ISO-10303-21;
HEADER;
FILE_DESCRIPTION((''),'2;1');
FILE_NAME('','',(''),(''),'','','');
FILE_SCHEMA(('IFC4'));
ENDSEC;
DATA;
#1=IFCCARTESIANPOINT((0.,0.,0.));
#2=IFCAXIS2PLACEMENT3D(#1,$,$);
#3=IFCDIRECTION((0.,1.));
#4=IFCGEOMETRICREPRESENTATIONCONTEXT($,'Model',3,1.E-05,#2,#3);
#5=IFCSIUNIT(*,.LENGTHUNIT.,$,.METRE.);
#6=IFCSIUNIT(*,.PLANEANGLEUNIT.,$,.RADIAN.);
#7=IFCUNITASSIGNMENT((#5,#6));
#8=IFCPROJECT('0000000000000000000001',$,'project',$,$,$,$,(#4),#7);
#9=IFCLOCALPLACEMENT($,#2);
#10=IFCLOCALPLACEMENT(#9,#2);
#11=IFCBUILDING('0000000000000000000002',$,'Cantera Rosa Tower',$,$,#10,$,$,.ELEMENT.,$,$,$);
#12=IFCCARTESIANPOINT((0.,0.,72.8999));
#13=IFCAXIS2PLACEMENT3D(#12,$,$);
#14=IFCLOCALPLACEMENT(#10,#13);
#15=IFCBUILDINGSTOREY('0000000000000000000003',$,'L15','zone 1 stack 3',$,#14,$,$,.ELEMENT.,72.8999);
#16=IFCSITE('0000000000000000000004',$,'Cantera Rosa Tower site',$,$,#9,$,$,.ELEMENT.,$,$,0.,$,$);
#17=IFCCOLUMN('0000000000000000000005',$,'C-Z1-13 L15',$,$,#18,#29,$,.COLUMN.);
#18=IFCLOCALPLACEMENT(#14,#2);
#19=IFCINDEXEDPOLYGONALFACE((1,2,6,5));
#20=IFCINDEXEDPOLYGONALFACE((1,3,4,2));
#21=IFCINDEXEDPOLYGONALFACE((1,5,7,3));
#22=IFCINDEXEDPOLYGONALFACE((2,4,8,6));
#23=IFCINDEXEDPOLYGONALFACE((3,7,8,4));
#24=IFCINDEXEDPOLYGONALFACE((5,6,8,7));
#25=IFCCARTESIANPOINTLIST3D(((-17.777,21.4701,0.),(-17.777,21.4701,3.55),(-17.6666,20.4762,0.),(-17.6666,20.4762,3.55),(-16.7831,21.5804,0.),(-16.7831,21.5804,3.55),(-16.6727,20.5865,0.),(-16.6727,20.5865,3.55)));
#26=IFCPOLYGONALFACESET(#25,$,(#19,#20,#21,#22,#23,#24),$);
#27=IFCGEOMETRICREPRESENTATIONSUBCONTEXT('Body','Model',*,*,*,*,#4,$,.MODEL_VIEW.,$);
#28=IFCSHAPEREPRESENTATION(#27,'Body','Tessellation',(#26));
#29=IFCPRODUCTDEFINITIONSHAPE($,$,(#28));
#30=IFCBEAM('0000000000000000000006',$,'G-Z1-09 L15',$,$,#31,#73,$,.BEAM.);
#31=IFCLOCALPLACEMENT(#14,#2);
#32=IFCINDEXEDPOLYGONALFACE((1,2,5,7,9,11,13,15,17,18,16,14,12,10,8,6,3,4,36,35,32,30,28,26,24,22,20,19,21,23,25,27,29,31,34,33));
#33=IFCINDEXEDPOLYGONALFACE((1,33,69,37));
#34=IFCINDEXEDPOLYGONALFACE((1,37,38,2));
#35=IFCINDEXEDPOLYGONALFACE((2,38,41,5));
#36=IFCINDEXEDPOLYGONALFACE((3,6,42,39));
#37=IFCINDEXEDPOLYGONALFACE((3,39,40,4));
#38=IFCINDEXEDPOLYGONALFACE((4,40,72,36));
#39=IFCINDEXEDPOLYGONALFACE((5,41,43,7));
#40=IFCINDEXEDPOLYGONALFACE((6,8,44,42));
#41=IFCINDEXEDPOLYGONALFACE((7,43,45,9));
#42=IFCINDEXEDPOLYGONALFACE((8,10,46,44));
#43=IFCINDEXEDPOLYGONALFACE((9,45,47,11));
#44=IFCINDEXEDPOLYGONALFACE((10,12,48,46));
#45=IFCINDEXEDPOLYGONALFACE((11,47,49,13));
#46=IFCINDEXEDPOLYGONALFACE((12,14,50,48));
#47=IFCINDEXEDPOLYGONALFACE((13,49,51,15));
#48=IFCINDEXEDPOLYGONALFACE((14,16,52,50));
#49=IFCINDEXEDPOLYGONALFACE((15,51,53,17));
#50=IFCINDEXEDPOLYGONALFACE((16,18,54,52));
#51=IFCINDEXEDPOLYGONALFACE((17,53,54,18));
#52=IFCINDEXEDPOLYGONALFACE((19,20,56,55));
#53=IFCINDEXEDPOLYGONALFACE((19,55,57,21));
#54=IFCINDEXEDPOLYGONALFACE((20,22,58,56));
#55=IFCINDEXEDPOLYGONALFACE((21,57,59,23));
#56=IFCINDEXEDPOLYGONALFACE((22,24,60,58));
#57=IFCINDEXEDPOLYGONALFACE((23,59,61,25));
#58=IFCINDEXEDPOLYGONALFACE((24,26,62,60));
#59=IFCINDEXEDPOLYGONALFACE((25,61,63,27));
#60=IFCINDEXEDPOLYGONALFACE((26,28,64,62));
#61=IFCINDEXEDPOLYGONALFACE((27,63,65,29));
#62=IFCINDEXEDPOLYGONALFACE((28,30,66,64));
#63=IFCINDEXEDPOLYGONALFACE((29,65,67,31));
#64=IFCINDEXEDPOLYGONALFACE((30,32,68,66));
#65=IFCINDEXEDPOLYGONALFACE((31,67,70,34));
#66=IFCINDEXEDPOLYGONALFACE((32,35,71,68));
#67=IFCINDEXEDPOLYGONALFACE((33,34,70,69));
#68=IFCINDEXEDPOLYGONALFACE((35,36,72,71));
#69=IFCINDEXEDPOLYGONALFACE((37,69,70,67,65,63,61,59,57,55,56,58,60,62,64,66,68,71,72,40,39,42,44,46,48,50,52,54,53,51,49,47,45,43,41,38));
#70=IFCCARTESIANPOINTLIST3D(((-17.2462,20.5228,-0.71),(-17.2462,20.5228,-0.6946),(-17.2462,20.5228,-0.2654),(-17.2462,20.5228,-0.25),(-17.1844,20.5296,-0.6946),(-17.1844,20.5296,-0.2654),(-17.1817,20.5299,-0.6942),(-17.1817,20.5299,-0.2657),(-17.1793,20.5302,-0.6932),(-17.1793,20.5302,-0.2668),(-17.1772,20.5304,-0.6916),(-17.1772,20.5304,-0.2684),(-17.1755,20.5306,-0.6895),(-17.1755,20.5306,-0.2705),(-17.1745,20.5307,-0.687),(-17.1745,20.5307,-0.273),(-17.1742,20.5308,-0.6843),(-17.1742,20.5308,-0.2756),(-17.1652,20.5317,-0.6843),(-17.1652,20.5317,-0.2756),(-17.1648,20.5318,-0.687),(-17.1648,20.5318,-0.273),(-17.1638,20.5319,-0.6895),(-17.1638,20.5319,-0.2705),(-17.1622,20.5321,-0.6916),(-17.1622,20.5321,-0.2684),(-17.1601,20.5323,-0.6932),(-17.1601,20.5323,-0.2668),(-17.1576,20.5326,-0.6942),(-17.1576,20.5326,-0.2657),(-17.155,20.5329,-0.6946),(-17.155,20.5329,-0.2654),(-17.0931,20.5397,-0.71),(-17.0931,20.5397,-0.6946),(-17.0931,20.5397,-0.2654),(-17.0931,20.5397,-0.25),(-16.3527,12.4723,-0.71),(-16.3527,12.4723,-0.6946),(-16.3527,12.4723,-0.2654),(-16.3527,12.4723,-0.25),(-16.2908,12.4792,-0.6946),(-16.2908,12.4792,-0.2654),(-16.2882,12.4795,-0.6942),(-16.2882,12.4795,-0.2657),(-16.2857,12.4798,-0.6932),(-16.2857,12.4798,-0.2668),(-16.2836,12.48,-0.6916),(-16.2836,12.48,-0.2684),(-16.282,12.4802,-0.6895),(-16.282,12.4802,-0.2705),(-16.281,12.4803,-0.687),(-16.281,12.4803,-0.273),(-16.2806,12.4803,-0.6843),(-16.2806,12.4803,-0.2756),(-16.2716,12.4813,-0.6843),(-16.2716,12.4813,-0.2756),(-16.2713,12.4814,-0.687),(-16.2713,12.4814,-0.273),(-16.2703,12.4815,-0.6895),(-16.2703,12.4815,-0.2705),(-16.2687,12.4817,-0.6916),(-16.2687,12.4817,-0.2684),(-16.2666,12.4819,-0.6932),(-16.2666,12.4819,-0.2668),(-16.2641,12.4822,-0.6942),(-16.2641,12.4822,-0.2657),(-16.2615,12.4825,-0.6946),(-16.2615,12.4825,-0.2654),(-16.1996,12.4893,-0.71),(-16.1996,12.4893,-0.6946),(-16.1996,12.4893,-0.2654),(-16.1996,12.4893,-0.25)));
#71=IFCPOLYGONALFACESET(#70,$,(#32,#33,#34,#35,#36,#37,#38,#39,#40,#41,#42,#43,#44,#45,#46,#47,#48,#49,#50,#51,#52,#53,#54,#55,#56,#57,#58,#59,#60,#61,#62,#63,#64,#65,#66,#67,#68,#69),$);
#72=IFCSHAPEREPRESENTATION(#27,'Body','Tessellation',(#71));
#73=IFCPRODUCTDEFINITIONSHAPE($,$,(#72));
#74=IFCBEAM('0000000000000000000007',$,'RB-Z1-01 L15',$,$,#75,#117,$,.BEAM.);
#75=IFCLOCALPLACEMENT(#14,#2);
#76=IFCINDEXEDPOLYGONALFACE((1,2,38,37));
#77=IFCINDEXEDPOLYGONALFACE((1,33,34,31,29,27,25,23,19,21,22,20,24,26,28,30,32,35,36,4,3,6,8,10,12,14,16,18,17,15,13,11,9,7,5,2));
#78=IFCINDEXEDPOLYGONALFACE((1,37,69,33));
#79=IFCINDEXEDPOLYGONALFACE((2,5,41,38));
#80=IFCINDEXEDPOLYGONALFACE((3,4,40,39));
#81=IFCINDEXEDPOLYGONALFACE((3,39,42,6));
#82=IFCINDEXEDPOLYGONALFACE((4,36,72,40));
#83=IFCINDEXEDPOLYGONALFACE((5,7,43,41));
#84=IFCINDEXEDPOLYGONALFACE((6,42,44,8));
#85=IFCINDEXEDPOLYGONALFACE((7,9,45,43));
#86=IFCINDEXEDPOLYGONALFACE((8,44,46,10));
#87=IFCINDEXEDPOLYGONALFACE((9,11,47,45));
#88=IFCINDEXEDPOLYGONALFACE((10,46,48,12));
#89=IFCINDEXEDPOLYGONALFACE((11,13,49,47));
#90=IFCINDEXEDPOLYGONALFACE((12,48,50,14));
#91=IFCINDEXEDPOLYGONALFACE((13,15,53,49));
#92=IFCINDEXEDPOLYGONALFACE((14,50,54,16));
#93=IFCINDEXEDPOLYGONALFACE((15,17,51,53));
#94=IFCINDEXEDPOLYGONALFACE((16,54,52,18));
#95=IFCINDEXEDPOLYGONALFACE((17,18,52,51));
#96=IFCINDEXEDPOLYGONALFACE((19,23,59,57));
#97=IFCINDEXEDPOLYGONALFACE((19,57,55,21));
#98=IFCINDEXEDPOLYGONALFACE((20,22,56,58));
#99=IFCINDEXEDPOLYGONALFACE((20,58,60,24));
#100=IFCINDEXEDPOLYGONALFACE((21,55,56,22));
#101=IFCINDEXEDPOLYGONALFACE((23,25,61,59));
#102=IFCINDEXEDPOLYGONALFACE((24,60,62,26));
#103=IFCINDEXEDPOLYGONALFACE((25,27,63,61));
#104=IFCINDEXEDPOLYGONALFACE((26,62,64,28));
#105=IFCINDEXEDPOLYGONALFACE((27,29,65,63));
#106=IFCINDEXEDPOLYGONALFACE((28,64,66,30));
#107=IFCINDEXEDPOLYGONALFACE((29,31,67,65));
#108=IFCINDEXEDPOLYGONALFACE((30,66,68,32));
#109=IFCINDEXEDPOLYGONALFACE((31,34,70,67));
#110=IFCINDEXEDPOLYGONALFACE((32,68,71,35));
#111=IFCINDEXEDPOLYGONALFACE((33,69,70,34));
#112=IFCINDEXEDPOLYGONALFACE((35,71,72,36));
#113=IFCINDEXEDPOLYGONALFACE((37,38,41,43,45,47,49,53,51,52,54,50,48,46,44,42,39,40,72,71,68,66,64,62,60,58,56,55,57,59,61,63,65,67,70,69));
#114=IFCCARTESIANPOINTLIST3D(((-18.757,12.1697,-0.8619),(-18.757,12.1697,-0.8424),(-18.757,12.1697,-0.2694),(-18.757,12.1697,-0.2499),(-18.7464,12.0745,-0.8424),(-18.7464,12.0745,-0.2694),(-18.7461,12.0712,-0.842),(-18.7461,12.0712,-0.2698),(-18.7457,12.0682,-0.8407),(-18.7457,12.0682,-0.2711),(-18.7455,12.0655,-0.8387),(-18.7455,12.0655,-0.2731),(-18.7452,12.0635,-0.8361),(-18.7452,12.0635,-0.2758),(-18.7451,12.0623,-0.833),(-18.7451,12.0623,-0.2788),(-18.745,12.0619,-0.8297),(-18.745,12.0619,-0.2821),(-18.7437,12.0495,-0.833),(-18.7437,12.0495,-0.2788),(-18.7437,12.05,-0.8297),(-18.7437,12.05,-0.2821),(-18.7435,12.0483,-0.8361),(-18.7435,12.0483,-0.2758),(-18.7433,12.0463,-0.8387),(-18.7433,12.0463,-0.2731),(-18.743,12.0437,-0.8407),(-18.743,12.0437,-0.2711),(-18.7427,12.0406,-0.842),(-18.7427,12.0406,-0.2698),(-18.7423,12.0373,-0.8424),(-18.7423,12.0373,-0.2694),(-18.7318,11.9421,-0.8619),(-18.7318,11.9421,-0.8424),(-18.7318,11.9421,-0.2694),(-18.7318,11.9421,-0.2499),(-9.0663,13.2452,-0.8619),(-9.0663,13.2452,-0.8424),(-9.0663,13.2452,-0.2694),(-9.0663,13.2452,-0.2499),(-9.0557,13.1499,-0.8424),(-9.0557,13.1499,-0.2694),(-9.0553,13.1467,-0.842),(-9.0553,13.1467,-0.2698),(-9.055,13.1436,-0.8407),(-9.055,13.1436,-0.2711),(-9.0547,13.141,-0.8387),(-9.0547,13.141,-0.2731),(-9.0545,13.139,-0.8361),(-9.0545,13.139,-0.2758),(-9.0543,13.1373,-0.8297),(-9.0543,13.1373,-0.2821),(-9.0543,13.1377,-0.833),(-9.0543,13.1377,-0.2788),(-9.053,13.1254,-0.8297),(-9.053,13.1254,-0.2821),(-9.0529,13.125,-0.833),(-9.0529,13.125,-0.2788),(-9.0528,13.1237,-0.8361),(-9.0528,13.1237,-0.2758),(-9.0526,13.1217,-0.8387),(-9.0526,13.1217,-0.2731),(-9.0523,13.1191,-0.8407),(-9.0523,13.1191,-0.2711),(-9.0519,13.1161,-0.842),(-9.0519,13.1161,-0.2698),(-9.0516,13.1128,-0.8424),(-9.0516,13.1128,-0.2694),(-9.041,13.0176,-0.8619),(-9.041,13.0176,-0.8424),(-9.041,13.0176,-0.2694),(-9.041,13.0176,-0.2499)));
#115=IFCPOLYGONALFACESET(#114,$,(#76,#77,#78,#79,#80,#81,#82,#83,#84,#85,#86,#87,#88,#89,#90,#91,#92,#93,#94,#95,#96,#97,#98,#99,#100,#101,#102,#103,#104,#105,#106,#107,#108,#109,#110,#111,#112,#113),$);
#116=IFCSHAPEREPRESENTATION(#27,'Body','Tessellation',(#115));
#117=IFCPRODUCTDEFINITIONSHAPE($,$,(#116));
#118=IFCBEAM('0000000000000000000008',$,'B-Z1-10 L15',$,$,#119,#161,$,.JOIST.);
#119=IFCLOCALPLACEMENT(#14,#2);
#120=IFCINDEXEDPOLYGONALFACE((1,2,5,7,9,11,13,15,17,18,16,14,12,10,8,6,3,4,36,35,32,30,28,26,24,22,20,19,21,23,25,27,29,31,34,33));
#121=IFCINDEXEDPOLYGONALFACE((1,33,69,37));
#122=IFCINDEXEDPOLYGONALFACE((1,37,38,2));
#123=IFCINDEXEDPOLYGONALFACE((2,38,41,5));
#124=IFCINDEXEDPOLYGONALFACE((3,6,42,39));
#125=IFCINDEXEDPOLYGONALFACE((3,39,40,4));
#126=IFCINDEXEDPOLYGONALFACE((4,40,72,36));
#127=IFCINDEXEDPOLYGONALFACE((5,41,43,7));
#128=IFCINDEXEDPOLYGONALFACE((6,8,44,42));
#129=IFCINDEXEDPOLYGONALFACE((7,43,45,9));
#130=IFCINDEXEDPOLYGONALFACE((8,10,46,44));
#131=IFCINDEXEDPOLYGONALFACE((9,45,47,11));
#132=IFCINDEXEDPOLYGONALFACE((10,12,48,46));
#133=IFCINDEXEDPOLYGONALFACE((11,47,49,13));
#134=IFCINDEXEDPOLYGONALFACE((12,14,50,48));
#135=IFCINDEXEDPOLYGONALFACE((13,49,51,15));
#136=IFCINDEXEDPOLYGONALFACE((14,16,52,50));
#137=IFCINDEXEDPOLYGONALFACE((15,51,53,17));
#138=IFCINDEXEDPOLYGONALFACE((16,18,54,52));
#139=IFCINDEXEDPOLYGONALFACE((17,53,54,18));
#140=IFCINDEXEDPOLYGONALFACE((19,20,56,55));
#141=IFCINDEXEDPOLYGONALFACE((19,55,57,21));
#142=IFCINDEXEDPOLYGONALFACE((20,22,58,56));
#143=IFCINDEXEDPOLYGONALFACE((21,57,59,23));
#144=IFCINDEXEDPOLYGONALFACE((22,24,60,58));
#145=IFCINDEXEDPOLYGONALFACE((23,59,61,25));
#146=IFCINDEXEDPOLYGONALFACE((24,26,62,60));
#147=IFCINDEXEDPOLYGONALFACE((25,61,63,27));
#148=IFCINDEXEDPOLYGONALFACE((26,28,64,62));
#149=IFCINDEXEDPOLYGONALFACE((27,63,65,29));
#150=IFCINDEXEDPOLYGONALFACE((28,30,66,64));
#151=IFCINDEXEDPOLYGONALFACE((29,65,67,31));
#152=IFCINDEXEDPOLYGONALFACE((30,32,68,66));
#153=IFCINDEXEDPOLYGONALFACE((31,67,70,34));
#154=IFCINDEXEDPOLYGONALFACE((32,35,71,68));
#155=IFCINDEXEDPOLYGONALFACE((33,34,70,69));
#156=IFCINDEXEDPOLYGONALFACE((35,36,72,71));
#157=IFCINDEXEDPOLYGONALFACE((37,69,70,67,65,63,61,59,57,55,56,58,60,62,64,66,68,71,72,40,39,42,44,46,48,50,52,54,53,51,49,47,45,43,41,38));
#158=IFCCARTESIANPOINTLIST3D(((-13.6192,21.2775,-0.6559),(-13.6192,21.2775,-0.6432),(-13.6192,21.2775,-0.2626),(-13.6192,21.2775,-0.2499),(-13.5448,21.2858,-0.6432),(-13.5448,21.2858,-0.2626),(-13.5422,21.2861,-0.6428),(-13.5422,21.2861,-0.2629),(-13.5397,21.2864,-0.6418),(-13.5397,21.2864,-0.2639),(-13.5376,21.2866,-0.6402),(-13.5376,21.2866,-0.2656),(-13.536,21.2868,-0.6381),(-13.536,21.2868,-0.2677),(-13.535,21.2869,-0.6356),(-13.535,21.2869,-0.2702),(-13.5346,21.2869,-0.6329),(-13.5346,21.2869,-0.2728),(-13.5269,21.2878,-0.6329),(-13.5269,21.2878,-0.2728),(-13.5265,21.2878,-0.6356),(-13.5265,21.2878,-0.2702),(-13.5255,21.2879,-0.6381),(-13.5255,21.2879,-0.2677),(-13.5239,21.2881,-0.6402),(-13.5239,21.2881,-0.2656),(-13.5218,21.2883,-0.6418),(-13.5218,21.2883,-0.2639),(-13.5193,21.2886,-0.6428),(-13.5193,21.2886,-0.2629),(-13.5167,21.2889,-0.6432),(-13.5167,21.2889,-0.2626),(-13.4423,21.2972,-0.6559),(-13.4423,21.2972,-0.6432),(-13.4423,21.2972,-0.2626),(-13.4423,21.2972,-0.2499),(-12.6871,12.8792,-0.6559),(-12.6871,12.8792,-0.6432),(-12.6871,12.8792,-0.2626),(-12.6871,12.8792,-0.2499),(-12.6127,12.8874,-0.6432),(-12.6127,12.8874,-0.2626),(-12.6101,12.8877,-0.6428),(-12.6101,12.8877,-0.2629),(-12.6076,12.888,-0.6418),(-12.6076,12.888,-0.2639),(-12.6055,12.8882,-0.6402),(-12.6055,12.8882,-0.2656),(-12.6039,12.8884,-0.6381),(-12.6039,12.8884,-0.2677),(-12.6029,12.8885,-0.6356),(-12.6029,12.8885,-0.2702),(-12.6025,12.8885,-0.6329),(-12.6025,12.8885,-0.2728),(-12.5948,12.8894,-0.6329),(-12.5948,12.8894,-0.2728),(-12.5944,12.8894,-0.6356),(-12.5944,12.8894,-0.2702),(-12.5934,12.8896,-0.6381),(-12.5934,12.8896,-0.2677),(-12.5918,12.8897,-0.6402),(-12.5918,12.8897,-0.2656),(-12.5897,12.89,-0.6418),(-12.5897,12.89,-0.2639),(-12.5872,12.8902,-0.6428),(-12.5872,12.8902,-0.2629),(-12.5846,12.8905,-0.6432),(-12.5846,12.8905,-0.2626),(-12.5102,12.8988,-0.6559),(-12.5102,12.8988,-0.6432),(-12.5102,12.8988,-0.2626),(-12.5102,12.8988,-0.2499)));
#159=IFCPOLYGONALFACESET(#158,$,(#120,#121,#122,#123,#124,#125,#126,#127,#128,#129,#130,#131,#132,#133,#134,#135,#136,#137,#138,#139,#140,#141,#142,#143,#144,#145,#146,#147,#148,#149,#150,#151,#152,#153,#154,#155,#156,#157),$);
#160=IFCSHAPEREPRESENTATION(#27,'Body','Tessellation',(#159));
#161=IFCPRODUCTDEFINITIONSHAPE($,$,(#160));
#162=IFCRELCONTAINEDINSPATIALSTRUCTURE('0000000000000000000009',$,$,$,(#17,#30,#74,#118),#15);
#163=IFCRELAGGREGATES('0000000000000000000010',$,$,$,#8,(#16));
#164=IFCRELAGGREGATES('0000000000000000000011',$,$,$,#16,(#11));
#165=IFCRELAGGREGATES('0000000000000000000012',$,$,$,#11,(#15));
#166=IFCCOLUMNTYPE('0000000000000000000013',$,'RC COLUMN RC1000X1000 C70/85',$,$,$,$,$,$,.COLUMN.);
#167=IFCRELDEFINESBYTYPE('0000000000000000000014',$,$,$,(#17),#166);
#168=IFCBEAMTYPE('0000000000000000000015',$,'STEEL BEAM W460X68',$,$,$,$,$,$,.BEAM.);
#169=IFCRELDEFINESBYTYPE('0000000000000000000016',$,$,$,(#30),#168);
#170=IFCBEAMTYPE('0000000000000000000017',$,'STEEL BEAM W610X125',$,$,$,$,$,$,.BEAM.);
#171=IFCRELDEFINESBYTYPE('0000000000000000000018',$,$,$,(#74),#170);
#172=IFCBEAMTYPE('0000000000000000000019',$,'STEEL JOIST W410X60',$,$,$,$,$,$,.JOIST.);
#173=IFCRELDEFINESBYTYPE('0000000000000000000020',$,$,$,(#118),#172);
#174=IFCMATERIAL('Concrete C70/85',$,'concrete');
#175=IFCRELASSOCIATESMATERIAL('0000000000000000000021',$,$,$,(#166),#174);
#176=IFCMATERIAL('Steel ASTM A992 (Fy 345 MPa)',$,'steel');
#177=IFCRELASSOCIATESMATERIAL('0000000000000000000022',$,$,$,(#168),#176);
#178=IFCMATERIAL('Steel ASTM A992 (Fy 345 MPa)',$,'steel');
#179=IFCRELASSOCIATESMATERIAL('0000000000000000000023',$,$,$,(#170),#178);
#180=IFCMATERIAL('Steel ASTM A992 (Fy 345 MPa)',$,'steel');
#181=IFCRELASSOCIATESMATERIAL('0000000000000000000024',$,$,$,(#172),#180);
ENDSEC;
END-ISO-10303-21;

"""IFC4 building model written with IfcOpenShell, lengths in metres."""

from ifc_helpers import new_model, si_unit, direction, frame, origin, origin_2d, place, context, subcontext, project, spatial, rectangle, i_section, extrude, material, material_profile, profile_set, type_object, element, save


model = new_model("IFC4")

# Units and contexts
model_context = context("Model", 3, precision=1e-05, world=origin(), true_north=direction((0.0, 1.0)))
body_context = subcontext(model_context, "Body", "Model", "MODEL_VIEW")
ifc_project = project(units=[si_unit("LENGTHUNIT", "METRE"), si_unit("PLANEANGLEUNIT", "RADIAN")], contexts=[model_context])

# Site, building, storey
site_placement = place(None, origin())
site = spatial("IfcSite", under=ifc_project, at=site_placement, Name="Cantera Rosa Tower site", CompositionType="ELEMENT", RefElevation=0.0)
building_placement = place(site_placement, origin())
building = spatial("IfcBuilding", under=site, at=building_placement, Name="Cantera Rosa Tower", CompositionType="ELEMENT")
storey_placement = place(building_placement, frame((0.0, 0.0, 72.8999)))
storey = spatial("IfcBuildingStorey", under=building, at=storey_placement, Name="L15", Description="zone 1 stack 3", CompositionType="ELEMENT", Elevation=72.8999)

# Column
ifc_material_1 = material(Name="Concrete C70/85", Category="concrete")
ifc_material_profile_1 = material_profile(ifc_material_1, rectangle(XDim=1.0, YDim=1.0, at=origin_2d()), Name="RC COLUMN RC1000X1000 C70/85")
ifc_profile_set_1 = profile_set([ifc_material_profile_1], Name="Concrete C70/85")
column_type = type_object("IfcColumnType", Name="RC COLUMN RC1000X1000 C70/85", PredefinedType="COLUMN", material=ifc_profile_set_1)
column_placement = place(storey_placement, frame((-17.2249, 21.0283, 0.0), z_axis=(0.0, 0.0, 1.0), x_axis=(0.993897, 0.110313, 0.0)))
element("IfcColumn", 1, at=column_placement, inside=storey, type_object=column_type, Name="C-Z1-13 L15", PredefinedType="COLUMN", context=body_context, shape_type="SweptSolid", body=[
    extrude(rectangle(XDim=1.0, YDim=1.0, at=origin_2d()), origin(), (0.0, 0.0, 1.0), 3.55),
])

# Beams
ifc_material_2 = material(Name="Steel ASTM A992 (Fy 345 MPa)", Category="steel")
ifc_material_profile_2 = material_profile(ifc_material_2, i_section(OverallWidth=0.1541, OverallDepth=0.46, WebThickness=0.009, FlangeThickness=0.0154, FilletRadius=0.0103, at=origin_2d()), Name="W460X68")
ifc_profile_set_2 = profile_set([ifc_material_profile_2], Name="Steel ASTM A992 (Fy 345 MPa)")
beam_type_1 = type_object("IfcBeamType", Name="STEEL BEAM W460X68", PredefinedType="BEAM", material=ifc_profile_set_2)
beam_1_placement = place(storey_placement, frame((-17.1697, 20.5312, -0.48), z_axis=(0.110316, -0.993897, 0.0), x_axis=(0.993897, 0.110316, 0.0)))
element("IfcBeam", 2, at=beam_1_placement, inside=storey, type_object=beam_type_1, Name="G-Z1-09 L15", PredefinedType="BEAM", context=body_context, shape_type="SweptSolid", body=[
    extrude(i_section(OverallWidth=0.1541, OverallDepth=0.46, WebThickness=0.009, FlangeThickness=0.0154, FilletRadius=0.0103, at=origin_2d()), origin(), (0.0, 0.0, 1.0), 8.0999),
])
ifc_material_3 = material(Name="Steel ASTM A992 (Fy 345 MPa)", Category="steel")
ifc_material_profile_3 = material_profile(ifc_material_3, i_section(OverallWidth=0.229, OverallDepth=0.6121, WebThickness=0.012, FlangeThickness=0.0195, FilletRadius=0.0127, at=origin_2d()), Name="W610X125")
ifc_profile_set_3 = profile_set([ifc_material_profile_3], Name="Steel ASTM A992 (Fy 345 MPa)")
beam_type_2 = type_object("IfcBeamType", Name="STEEL BEAM W610X125", PredefinedType="BEAM", material=ifc_profile_set_3)
beam_2_placement = place(storey_placement, frame((-18.7444, 12.0559, -0.5559), z_axis=(0.993898, 0.1103, 0.0), x_axis=(-0.1103, 0.993898, 0.0)))
element("IfcBeam", 3, at=beam_2_placement, inside=storey, type_object=beam_type_2, Name="RB-Z1-01 L15", PredefinedType="BEAM", context=body_context, shape_type="SweptSolid", body=[
    extrude(i_section(OverallWidth=0.229, OverallDepth=0.6121, WebThickness=0.012, FlangeThickness=0.0195, FilletRadius=0.0127, at=origin_2d()), origin(), (0.0, 0.0, 1.0), 9.7502),
])
ifc_material_4 = material(Name="Steel ASTM A992 (Fy 345 MPa)", Category="steel")
ifc_material_profile_4 = material_profile(ifc_material_4, i_section(OverallWidth=0.178, OverallDepth=0.406, WebThickness=0.0078, FlangeThickness=0.0127, FilletRadius=0.0103, at=origin_2d()), Name="W410X60")
ifc_profile_set_4 = profile_set([ifc_material_profile_4], Name="Steel ASTM A992 (Fy 345 MPa)")
beam_type_3 = type_object("IfcBeamType", Name="STEEL JOIST W410X60", PredefinedType="JOIST", material=ifc_profile_set_4)
beam_3_placement = place(storey_placement, frame((-13.5308, 21.2874, -0.4529), z_axis=(0.110311, -0.993897, 0.0), x_axis=(0.993897, 0.110311, 0.0)))
element("IfcBeam", 4, at=beam_3_placement, inside=storey, type_object=beam_type_3, Name="B-Z1-10 L15", PredefinedType="JOIST", context=body_context, shape_type="SweptSolid", body=[
    extrude(i_section(OverallWidth=0.178, OverallDepth=0.406, WebThickness=0.0078, FlangeThickness=0.0127, FilletRadius=0.0103, at=origin_2d()), origin(), (0.0, 0.0, 1.0), 8.45),
])

save(model, "model.ifc")
